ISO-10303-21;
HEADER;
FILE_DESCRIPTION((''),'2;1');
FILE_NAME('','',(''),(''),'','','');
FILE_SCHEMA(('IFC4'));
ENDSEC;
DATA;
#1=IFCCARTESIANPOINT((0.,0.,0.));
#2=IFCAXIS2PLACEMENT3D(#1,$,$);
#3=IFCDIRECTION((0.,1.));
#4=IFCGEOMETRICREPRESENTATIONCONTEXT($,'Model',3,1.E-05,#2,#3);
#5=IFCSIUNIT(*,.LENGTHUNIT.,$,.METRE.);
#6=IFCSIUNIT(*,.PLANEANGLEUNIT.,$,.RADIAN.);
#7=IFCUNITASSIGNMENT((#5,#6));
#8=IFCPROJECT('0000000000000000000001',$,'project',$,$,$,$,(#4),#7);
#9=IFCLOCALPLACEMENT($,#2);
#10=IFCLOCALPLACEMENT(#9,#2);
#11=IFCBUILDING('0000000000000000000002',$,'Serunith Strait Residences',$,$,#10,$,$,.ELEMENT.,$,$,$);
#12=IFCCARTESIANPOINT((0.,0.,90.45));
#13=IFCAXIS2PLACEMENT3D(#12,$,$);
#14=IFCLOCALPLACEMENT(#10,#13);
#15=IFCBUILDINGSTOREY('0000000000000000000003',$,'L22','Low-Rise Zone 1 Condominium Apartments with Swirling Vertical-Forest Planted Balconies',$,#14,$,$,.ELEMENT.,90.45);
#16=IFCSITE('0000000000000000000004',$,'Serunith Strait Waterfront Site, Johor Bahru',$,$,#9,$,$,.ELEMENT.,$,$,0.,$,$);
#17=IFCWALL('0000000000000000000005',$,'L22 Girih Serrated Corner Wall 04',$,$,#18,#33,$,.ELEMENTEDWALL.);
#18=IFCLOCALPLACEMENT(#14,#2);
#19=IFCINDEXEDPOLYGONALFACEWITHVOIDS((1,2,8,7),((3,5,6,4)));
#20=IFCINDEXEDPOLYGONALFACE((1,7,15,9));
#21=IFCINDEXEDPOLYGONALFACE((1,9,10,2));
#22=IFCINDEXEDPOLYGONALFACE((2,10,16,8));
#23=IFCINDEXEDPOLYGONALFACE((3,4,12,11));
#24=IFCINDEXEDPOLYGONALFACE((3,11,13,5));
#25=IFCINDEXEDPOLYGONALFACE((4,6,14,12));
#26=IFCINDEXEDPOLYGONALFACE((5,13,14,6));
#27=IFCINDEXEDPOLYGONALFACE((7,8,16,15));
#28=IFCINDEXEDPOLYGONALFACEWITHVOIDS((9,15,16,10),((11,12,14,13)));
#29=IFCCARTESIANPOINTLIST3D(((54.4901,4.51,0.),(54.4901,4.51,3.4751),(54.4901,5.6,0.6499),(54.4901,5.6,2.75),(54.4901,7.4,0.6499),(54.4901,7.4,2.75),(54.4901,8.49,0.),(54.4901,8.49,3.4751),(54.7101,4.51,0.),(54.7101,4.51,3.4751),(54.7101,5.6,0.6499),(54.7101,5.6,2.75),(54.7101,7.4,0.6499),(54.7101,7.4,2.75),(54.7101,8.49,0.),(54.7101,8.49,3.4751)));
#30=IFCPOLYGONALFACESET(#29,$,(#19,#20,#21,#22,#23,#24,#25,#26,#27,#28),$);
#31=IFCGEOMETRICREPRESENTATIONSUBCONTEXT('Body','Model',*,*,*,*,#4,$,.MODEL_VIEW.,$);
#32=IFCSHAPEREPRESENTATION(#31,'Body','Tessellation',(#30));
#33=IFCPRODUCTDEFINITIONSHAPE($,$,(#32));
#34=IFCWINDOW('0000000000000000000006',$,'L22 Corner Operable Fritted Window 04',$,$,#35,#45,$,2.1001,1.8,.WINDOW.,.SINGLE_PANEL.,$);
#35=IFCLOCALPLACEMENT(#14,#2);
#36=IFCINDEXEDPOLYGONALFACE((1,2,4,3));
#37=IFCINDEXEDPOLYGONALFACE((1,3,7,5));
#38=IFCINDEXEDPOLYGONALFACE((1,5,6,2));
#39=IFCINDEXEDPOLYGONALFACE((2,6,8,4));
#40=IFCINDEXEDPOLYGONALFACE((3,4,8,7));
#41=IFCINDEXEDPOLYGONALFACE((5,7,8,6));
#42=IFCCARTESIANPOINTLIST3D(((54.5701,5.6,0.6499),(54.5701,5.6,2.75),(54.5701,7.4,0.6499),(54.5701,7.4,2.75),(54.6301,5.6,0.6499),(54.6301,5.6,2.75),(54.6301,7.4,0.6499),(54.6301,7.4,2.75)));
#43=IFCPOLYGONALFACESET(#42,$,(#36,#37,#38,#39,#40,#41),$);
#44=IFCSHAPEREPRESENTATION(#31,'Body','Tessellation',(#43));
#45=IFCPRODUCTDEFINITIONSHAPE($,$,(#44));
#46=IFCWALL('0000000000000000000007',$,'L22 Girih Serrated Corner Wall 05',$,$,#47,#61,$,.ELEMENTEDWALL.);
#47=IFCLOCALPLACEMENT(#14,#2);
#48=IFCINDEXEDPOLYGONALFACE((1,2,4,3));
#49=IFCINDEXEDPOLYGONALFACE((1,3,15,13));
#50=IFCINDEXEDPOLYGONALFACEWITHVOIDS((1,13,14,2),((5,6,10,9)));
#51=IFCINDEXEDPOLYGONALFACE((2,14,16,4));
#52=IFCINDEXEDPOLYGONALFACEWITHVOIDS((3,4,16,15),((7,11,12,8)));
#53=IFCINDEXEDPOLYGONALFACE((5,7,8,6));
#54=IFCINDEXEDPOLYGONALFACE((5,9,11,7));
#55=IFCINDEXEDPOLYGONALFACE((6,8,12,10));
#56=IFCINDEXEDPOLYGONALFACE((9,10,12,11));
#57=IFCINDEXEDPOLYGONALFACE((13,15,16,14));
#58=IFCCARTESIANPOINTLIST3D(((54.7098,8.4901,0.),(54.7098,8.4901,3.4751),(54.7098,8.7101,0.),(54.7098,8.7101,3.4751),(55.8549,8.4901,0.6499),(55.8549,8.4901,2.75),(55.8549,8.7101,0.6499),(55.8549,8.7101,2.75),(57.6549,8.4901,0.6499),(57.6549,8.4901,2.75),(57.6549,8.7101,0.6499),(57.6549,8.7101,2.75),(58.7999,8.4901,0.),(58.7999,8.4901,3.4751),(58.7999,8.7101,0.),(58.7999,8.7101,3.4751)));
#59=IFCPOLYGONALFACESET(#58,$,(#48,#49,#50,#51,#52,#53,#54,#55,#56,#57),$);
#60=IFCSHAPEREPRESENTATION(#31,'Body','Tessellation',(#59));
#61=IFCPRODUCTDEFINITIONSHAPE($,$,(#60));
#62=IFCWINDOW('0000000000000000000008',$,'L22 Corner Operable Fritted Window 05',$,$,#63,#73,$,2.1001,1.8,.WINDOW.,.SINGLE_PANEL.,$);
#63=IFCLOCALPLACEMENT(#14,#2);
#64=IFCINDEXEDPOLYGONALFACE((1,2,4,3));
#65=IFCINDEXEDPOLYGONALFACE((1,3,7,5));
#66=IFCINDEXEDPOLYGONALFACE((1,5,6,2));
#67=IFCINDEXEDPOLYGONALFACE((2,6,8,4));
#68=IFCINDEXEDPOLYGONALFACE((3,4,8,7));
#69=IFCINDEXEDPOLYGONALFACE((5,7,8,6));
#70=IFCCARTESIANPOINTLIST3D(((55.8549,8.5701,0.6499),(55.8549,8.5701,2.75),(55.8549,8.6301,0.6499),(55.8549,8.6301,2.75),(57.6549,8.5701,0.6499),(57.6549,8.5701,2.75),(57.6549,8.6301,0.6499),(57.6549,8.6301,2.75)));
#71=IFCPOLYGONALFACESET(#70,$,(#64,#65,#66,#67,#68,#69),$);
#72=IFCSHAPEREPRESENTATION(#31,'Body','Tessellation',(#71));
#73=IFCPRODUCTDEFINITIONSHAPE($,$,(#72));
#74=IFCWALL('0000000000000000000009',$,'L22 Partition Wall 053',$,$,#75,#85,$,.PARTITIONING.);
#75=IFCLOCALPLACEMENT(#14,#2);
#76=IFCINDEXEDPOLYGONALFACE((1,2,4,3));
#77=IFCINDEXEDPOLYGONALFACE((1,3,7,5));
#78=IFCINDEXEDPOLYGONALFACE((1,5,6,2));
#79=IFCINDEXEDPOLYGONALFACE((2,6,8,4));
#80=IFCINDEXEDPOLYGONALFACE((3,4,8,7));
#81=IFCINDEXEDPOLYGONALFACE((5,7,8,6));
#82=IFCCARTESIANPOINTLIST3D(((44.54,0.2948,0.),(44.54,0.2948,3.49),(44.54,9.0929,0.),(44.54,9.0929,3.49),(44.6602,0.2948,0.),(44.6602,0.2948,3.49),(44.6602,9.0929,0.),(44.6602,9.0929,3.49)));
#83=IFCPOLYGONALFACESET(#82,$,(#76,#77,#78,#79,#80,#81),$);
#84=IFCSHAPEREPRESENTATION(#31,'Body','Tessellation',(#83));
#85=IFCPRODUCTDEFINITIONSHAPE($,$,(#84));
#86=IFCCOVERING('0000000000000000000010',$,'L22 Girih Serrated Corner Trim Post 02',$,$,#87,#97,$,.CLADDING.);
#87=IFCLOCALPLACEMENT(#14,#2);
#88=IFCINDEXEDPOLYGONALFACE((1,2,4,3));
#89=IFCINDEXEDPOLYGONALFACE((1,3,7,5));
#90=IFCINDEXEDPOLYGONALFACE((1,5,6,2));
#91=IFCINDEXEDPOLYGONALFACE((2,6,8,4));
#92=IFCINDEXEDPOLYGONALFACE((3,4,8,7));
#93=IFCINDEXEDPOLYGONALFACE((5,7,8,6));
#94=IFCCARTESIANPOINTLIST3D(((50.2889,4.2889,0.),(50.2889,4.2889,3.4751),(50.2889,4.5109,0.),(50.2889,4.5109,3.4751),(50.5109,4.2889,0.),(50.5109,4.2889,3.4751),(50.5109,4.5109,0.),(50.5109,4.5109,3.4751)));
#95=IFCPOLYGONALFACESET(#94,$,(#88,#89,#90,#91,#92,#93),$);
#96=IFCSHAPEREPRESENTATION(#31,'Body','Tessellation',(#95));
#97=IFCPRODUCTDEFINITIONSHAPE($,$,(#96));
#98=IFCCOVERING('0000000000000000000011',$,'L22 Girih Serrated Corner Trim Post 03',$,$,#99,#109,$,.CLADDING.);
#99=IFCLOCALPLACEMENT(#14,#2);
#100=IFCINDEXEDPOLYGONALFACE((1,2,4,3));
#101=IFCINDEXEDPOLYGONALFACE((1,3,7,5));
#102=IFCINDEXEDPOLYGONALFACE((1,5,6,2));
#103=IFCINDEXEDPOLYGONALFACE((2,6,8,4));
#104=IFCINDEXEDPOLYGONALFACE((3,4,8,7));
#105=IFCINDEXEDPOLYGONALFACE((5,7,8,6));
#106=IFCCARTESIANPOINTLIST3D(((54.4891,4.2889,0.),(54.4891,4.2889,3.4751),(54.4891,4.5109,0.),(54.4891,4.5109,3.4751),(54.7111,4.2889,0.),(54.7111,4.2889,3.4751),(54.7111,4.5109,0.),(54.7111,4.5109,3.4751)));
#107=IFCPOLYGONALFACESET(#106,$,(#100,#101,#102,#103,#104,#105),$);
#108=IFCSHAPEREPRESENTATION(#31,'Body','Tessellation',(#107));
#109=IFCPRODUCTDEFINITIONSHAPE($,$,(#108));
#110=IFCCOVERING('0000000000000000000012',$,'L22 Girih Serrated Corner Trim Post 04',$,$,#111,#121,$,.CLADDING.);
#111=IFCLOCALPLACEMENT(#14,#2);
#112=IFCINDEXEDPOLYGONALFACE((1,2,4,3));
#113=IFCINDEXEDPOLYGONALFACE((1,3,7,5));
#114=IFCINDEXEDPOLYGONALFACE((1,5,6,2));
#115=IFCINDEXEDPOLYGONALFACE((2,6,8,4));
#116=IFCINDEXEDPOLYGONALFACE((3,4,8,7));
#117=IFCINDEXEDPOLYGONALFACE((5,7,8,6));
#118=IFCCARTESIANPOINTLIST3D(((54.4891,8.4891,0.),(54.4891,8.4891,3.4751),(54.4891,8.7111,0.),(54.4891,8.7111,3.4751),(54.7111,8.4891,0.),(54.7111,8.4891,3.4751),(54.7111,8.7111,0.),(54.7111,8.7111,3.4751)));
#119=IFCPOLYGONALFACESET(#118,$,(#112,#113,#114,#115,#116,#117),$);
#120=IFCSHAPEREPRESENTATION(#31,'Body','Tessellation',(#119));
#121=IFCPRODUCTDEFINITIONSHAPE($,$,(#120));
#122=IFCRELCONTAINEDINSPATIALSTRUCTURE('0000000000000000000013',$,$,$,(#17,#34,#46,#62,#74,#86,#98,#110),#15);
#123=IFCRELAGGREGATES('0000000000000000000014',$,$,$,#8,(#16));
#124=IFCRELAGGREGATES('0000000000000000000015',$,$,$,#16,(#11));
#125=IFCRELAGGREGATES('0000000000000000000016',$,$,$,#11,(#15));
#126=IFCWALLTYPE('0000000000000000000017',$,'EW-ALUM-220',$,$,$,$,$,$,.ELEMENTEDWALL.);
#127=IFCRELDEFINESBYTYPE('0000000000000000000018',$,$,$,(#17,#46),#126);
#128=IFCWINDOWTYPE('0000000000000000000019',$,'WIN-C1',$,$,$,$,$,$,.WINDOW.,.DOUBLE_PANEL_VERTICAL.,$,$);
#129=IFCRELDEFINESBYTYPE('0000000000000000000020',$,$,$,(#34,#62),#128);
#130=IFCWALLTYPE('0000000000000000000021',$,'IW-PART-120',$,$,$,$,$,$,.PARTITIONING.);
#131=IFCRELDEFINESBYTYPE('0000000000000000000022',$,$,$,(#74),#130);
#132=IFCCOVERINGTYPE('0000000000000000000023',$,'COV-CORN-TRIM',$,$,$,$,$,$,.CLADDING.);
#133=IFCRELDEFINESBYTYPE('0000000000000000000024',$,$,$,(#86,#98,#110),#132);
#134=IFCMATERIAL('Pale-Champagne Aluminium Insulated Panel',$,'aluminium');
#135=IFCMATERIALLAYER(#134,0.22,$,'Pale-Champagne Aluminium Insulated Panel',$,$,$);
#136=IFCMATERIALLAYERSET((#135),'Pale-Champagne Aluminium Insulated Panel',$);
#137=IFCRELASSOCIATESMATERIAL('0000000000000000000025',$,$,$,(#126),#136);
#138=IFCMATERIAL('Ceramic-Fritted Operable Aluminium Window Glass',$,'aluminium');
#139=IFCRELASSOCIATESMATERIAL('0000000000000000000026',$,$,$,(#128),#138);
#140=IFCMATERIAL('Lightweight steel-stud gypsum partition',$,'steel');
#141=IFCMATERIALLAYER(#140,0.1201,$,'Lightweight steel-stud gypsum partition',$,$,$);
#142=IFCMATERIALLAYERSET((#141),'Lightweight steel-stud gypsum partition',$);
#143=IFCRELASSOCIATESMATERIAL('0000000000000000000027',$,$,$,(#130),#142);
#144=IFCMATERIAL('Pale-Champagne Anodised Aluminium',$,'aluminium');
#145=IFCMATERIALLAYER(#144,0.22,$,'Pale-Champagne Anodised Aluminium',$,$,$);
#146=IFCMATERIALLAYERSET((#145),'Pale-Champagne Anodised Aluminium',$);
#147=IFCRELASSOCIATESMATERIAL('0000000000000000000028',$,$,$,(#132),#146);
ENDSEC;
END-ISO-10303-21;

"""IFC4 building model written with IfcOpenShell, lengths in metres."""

from ifc_helpers import new_model, si_unit, direction, frame, frame_2d, origin, origin_2d, place, context, subcontext, project, spatial, rectangle, extrude, source, transform, mapped, material, layer, layer_set, type_object, element, fill, save


model = new_model("IFC4")

# Units and contexts
model_context = context("Model", 3, precision=1e-05, world=origin(), true_north=direction((0.0, 1.0)))
body_context = subcontext(model_context, "Body", "Model", "MODEL_VIEW")
ifc_project = project(units=[si_unit("LENGTHUNIT", "METRE"), si_unit("PLANEANGLEUNIT", "RADIAN")], contexts=[model_context])

# Site, building, storey
site_placement = place(None, origin())
site = spatial("IfcSite", under=ifc_project, at=site_placement, Name="Serunith Strait Waterfront Site, Johor Bahru", CompositionType="ELEMENT", RefElevation=0.0)
building_placement = place(site_placement, origin())
building = spatial("IfcBuilding", under=site, at=building_placement, Name="Serunith Strait Residences", CompositionType="ELEMENT")
storey_placement = place(building_placement, frame((0.0, 0.0, 90.45)))
storey = spatial("IfcBuildingStorey", under=building, at=storey_placement, Name="L22", Description="Low-Rise Zone 1 Condominium Apartments with Swirling Vertical-Forest Planted Balconies", CompositionType="ELEMENT", Elevation=90.45)

# Shared definitions
ifc_material_1 = material(Name="Pale-Champagne Anodised Aluminium", Category="aluminium")

# Walls, openings, windows
ifc_material_2 = material(Name="Pale-Champagne Aluminium Insulated Panel", Category="aluminium")
ifc_layer_1 = layer(ifc_material_2, 0.22, Name="Pale-Champagne Aluminium Insulated Panel")
ifc_layer_set_1 = layer_set([ifc_layer_1], Name="Pale-Champagne Aluminium Insulated Panel")
wall_type_1 = type_object("IfcWallType", Name="EW-ALUM-220", PredefinedType="ELEMENTEDWALL", material=ifc_layer_set_1)
ifc_material_3 = material(Name="Ceramic-Fritted Operable Aluminium Window Glass", Category="aluminium")
window_type = type_object("IfcWindowType", Name="WIN-C1", PartitioningType="DOUBLE_PANEL_VERTICAL", PredefinedType="WINDOW", material=ifc_material_3)
shared_shape_1 = source(origin(), body_context, "Body", "SweptSolid", [
    extrude(rectangle(XDim=1.8, YDim=2.1001, at=frame_2d((0.8999, 1.05))), frame((0.0, 0.03, 0.0), z_axis=(0.0, -1.0, 0.0), x_axis=(1.0, 0.0, 0.0)), (0.0, 0.0, 1.0), 0.0601),
])
wall_1_placement = place(storey_placement, frame((54.6001, 4.51, 0.0), z_axis=(0.0, 0.0, 1.0), x_axis=(0.0, 1.0, 0.0)))
wall_1 = element("IfcWall", 1, at=wall_1_placement, inside=storey, type_object=wall_type_1, Name="L22 Girih Serrated Corner Wall 04", PredefinedType="ELEMENTEDWALL", context=body_context, shape_type="SweptSolid", body=[
    extrude(rectangle(XDim=3.98, YDim=0.22, at=frame_2d((1.99, 0.0))), origin(), (0.0, 0.0, 1.0), 3.4751),
])
opening_1_placement = place(wall_1_placement, frame((1.0901, 0.0, 0.6499)))
opening_1 = element("IfcOpeningElement", 2, at=opening_1_placement, cuts=wall_1, PredefinedType="OPENING", context=body_context, shape_type="SweptSolid", body=[
    extrude(rectangle(XDim=1.8, YDim=2.1001, at=frame_2d((0.8999, 1.05))), frame((0.0, 0.1201, 0.0), z_axis=(0.0, -1.0, 0.0), x_axis=(1.0, 0.0, 0.0)), (0.0, 0.0, 1.0), 0.24),
])
window_1_placement = place(opening_1_placement, origin())
window_1 = element("IfcWindow", 3, at=window_1_placement, inside=storey, type_object=window_type, Name="L22 Corner Operable Fritted Window 04", OverallHeight=2.1001, OverallWidth=1.8, PartitioningType="SINGLE_PANEL", PredefinedType="WINDOW", context=body_context, shape_type="MappedRepresentation", body=[
    mapped(shared_shape_1, transform((0.0, 0.0, 0.0), scale=1.0)),
])
fill(opening_1, window_1)
wall_2_placement = place(storey_placement, frame((54.71, 8.6001, 0.0), z_axis=(0.0, 0.0, 1.0), x_axis=(1.0, 0.0, 0.0)))
wall_2 = element("IfcWall", 4, at=wall_2_placement, inside=storey, type_object=wall_type_1, Name="L22 Girih Serrated Corner Wall 05", PredefinedType="ELEMENTEDWALL", context=body_context, shape_type="SweptSolid", body=[
    extrude(rectangle(XDim=4.0901, YDim=0.22, at=frame_2d((2.0449, 0.0))), origin(), (0.0, 0.0, 1.0), 3.4751),
])
opening_2_placement = place(wall_2_placement, frame((1.145, 0.0, 0.6499)))
opening_2 = element("IfcOpeningElement", 5, at=opening_2_placement, cuts=wall_2, PredefinedType="OPENING", context=body_context, shape_type="SweptSolid", body=[
    extrude(rectangle(XDim=1.8, YDim=2.1001, at=frame_2d((0.8999, 1.05))), frame((0.0, 0.1201, 0.0), z_axis=(0.0, -1.0, 0.0), x_axis=(1.0, 0.0, 0.0)), (0.0, 0.0, 1.0), 0.24),
])
window_2_placement = place(opening_2_placement, origin())
window_2 = element("IfcWindow", 6, at=window_2_placement, inside=storey, type_object=window_type, Name="L22 Corner Operable Fritted Window 05", OverallHeight=2.1001, OverallWidth=1.8, PartitioningType="SINGLE_PANEL", PredefinedType="WINDOW", context=body_context, shape_type="MappedRepresentation", body=[
    mapped(shared_shape_1, transform((0.0, 0.0, 0.0), scale=1.0)),
])
fill(opening_2, window_2)

# Wall
ifc_material_4 = material(Name="Lightweight steel-stud gypsum partition", Category="steel")
ifc_layer_2 = layer(ifc_material_4, 0.1201, Name="Lightweight steel-stud gypsum partition")
ifc_layer_set_2 = layer_set([ifc_layer_2], Name="Lightweight steel-stud gypsum partition")
wall_type_2 = type_object("IfcWallType", Name="IW-PART-120", PredefinedType="PARTITIONING", material=ifc_layer_set_2)
wall_3_placement = place(storey_placement, frame((44.6001, 0.2949, 0.0), z_axis=(0.0, 0.0, 1.0), x_axis=(0.0, 1.0, 0.0)))
element("IfcWall", 7, at=wall_3_placement, inside=storey, type_object=wall_type_2, Name="L22 Partition Wall 053", PredefinedType="PARTITIONING", context=body_context, shape_type="SweptSolid", body=[
    extrude(rectangle(XDim=8.7981, YDim=0.1201, at=frame_2d((4.3989, 0.0))), origin(), (0.0, 0.0, 1.0), 3.49),
])

# Coverings
ifc_layer_3 = layer(ifc_material_1, 0.22, Name="Pale-Champagne Anodised Aluminium")
ifc_layer_set_3 = layer_set([ifc_layer_3], Name="Pale-Champagne Anodised Aluminium")
covering_type = type_object("IfcCoveringType", Name="COV-CORN-TRIM", PredefinedType="CLADDING", material=ifc_layer_set_3)
shared_shape_2 = source(origin(), body_context, "Body", "SweptSolid", [
    extrude(rectangle(XDim=0.2219, YDim=0.2219, at=origin_2d()), origin(), (0.0, 0.0, 1.0), 3.4751),
])
for number, where, z_axis, x_axis, name in (
    (8, (50.3999, 4.3999, 0.0), (0.0, 0.0, 1.0), (1.0, 0.0, 0.0), "L22 Girih Serrated Corner Trim Post 02"),
    (9, (54.6001, 4.3999, 0.0), (0.0, 0.0, 1.0), (1.0, 0.0, 0.0), "L22 Girih Serrated Corner Trim Post 03"),
    (10, (54.6001, 8.6001, 0.0), (0.0, 0.0, 1.0), (1.0, 0.0, 0.0), "L22 Girih Serrated Corner Trim Post 04"),
):
    element("IfcCovering", number, at=place(storey_placement, frame(where, z_axis=z_axis, x_axis=x_axis)), inside=storey, type_object=covering_type, Name=name, PredefinedType="CLADDING", context=body_context, shape_type="MappedRepresentation", body=[
        mapped(shared_shape_2, transform((0.0, 0.0, 0.0), scale=1.0)),
    ])

save(model, "model.ifc")
